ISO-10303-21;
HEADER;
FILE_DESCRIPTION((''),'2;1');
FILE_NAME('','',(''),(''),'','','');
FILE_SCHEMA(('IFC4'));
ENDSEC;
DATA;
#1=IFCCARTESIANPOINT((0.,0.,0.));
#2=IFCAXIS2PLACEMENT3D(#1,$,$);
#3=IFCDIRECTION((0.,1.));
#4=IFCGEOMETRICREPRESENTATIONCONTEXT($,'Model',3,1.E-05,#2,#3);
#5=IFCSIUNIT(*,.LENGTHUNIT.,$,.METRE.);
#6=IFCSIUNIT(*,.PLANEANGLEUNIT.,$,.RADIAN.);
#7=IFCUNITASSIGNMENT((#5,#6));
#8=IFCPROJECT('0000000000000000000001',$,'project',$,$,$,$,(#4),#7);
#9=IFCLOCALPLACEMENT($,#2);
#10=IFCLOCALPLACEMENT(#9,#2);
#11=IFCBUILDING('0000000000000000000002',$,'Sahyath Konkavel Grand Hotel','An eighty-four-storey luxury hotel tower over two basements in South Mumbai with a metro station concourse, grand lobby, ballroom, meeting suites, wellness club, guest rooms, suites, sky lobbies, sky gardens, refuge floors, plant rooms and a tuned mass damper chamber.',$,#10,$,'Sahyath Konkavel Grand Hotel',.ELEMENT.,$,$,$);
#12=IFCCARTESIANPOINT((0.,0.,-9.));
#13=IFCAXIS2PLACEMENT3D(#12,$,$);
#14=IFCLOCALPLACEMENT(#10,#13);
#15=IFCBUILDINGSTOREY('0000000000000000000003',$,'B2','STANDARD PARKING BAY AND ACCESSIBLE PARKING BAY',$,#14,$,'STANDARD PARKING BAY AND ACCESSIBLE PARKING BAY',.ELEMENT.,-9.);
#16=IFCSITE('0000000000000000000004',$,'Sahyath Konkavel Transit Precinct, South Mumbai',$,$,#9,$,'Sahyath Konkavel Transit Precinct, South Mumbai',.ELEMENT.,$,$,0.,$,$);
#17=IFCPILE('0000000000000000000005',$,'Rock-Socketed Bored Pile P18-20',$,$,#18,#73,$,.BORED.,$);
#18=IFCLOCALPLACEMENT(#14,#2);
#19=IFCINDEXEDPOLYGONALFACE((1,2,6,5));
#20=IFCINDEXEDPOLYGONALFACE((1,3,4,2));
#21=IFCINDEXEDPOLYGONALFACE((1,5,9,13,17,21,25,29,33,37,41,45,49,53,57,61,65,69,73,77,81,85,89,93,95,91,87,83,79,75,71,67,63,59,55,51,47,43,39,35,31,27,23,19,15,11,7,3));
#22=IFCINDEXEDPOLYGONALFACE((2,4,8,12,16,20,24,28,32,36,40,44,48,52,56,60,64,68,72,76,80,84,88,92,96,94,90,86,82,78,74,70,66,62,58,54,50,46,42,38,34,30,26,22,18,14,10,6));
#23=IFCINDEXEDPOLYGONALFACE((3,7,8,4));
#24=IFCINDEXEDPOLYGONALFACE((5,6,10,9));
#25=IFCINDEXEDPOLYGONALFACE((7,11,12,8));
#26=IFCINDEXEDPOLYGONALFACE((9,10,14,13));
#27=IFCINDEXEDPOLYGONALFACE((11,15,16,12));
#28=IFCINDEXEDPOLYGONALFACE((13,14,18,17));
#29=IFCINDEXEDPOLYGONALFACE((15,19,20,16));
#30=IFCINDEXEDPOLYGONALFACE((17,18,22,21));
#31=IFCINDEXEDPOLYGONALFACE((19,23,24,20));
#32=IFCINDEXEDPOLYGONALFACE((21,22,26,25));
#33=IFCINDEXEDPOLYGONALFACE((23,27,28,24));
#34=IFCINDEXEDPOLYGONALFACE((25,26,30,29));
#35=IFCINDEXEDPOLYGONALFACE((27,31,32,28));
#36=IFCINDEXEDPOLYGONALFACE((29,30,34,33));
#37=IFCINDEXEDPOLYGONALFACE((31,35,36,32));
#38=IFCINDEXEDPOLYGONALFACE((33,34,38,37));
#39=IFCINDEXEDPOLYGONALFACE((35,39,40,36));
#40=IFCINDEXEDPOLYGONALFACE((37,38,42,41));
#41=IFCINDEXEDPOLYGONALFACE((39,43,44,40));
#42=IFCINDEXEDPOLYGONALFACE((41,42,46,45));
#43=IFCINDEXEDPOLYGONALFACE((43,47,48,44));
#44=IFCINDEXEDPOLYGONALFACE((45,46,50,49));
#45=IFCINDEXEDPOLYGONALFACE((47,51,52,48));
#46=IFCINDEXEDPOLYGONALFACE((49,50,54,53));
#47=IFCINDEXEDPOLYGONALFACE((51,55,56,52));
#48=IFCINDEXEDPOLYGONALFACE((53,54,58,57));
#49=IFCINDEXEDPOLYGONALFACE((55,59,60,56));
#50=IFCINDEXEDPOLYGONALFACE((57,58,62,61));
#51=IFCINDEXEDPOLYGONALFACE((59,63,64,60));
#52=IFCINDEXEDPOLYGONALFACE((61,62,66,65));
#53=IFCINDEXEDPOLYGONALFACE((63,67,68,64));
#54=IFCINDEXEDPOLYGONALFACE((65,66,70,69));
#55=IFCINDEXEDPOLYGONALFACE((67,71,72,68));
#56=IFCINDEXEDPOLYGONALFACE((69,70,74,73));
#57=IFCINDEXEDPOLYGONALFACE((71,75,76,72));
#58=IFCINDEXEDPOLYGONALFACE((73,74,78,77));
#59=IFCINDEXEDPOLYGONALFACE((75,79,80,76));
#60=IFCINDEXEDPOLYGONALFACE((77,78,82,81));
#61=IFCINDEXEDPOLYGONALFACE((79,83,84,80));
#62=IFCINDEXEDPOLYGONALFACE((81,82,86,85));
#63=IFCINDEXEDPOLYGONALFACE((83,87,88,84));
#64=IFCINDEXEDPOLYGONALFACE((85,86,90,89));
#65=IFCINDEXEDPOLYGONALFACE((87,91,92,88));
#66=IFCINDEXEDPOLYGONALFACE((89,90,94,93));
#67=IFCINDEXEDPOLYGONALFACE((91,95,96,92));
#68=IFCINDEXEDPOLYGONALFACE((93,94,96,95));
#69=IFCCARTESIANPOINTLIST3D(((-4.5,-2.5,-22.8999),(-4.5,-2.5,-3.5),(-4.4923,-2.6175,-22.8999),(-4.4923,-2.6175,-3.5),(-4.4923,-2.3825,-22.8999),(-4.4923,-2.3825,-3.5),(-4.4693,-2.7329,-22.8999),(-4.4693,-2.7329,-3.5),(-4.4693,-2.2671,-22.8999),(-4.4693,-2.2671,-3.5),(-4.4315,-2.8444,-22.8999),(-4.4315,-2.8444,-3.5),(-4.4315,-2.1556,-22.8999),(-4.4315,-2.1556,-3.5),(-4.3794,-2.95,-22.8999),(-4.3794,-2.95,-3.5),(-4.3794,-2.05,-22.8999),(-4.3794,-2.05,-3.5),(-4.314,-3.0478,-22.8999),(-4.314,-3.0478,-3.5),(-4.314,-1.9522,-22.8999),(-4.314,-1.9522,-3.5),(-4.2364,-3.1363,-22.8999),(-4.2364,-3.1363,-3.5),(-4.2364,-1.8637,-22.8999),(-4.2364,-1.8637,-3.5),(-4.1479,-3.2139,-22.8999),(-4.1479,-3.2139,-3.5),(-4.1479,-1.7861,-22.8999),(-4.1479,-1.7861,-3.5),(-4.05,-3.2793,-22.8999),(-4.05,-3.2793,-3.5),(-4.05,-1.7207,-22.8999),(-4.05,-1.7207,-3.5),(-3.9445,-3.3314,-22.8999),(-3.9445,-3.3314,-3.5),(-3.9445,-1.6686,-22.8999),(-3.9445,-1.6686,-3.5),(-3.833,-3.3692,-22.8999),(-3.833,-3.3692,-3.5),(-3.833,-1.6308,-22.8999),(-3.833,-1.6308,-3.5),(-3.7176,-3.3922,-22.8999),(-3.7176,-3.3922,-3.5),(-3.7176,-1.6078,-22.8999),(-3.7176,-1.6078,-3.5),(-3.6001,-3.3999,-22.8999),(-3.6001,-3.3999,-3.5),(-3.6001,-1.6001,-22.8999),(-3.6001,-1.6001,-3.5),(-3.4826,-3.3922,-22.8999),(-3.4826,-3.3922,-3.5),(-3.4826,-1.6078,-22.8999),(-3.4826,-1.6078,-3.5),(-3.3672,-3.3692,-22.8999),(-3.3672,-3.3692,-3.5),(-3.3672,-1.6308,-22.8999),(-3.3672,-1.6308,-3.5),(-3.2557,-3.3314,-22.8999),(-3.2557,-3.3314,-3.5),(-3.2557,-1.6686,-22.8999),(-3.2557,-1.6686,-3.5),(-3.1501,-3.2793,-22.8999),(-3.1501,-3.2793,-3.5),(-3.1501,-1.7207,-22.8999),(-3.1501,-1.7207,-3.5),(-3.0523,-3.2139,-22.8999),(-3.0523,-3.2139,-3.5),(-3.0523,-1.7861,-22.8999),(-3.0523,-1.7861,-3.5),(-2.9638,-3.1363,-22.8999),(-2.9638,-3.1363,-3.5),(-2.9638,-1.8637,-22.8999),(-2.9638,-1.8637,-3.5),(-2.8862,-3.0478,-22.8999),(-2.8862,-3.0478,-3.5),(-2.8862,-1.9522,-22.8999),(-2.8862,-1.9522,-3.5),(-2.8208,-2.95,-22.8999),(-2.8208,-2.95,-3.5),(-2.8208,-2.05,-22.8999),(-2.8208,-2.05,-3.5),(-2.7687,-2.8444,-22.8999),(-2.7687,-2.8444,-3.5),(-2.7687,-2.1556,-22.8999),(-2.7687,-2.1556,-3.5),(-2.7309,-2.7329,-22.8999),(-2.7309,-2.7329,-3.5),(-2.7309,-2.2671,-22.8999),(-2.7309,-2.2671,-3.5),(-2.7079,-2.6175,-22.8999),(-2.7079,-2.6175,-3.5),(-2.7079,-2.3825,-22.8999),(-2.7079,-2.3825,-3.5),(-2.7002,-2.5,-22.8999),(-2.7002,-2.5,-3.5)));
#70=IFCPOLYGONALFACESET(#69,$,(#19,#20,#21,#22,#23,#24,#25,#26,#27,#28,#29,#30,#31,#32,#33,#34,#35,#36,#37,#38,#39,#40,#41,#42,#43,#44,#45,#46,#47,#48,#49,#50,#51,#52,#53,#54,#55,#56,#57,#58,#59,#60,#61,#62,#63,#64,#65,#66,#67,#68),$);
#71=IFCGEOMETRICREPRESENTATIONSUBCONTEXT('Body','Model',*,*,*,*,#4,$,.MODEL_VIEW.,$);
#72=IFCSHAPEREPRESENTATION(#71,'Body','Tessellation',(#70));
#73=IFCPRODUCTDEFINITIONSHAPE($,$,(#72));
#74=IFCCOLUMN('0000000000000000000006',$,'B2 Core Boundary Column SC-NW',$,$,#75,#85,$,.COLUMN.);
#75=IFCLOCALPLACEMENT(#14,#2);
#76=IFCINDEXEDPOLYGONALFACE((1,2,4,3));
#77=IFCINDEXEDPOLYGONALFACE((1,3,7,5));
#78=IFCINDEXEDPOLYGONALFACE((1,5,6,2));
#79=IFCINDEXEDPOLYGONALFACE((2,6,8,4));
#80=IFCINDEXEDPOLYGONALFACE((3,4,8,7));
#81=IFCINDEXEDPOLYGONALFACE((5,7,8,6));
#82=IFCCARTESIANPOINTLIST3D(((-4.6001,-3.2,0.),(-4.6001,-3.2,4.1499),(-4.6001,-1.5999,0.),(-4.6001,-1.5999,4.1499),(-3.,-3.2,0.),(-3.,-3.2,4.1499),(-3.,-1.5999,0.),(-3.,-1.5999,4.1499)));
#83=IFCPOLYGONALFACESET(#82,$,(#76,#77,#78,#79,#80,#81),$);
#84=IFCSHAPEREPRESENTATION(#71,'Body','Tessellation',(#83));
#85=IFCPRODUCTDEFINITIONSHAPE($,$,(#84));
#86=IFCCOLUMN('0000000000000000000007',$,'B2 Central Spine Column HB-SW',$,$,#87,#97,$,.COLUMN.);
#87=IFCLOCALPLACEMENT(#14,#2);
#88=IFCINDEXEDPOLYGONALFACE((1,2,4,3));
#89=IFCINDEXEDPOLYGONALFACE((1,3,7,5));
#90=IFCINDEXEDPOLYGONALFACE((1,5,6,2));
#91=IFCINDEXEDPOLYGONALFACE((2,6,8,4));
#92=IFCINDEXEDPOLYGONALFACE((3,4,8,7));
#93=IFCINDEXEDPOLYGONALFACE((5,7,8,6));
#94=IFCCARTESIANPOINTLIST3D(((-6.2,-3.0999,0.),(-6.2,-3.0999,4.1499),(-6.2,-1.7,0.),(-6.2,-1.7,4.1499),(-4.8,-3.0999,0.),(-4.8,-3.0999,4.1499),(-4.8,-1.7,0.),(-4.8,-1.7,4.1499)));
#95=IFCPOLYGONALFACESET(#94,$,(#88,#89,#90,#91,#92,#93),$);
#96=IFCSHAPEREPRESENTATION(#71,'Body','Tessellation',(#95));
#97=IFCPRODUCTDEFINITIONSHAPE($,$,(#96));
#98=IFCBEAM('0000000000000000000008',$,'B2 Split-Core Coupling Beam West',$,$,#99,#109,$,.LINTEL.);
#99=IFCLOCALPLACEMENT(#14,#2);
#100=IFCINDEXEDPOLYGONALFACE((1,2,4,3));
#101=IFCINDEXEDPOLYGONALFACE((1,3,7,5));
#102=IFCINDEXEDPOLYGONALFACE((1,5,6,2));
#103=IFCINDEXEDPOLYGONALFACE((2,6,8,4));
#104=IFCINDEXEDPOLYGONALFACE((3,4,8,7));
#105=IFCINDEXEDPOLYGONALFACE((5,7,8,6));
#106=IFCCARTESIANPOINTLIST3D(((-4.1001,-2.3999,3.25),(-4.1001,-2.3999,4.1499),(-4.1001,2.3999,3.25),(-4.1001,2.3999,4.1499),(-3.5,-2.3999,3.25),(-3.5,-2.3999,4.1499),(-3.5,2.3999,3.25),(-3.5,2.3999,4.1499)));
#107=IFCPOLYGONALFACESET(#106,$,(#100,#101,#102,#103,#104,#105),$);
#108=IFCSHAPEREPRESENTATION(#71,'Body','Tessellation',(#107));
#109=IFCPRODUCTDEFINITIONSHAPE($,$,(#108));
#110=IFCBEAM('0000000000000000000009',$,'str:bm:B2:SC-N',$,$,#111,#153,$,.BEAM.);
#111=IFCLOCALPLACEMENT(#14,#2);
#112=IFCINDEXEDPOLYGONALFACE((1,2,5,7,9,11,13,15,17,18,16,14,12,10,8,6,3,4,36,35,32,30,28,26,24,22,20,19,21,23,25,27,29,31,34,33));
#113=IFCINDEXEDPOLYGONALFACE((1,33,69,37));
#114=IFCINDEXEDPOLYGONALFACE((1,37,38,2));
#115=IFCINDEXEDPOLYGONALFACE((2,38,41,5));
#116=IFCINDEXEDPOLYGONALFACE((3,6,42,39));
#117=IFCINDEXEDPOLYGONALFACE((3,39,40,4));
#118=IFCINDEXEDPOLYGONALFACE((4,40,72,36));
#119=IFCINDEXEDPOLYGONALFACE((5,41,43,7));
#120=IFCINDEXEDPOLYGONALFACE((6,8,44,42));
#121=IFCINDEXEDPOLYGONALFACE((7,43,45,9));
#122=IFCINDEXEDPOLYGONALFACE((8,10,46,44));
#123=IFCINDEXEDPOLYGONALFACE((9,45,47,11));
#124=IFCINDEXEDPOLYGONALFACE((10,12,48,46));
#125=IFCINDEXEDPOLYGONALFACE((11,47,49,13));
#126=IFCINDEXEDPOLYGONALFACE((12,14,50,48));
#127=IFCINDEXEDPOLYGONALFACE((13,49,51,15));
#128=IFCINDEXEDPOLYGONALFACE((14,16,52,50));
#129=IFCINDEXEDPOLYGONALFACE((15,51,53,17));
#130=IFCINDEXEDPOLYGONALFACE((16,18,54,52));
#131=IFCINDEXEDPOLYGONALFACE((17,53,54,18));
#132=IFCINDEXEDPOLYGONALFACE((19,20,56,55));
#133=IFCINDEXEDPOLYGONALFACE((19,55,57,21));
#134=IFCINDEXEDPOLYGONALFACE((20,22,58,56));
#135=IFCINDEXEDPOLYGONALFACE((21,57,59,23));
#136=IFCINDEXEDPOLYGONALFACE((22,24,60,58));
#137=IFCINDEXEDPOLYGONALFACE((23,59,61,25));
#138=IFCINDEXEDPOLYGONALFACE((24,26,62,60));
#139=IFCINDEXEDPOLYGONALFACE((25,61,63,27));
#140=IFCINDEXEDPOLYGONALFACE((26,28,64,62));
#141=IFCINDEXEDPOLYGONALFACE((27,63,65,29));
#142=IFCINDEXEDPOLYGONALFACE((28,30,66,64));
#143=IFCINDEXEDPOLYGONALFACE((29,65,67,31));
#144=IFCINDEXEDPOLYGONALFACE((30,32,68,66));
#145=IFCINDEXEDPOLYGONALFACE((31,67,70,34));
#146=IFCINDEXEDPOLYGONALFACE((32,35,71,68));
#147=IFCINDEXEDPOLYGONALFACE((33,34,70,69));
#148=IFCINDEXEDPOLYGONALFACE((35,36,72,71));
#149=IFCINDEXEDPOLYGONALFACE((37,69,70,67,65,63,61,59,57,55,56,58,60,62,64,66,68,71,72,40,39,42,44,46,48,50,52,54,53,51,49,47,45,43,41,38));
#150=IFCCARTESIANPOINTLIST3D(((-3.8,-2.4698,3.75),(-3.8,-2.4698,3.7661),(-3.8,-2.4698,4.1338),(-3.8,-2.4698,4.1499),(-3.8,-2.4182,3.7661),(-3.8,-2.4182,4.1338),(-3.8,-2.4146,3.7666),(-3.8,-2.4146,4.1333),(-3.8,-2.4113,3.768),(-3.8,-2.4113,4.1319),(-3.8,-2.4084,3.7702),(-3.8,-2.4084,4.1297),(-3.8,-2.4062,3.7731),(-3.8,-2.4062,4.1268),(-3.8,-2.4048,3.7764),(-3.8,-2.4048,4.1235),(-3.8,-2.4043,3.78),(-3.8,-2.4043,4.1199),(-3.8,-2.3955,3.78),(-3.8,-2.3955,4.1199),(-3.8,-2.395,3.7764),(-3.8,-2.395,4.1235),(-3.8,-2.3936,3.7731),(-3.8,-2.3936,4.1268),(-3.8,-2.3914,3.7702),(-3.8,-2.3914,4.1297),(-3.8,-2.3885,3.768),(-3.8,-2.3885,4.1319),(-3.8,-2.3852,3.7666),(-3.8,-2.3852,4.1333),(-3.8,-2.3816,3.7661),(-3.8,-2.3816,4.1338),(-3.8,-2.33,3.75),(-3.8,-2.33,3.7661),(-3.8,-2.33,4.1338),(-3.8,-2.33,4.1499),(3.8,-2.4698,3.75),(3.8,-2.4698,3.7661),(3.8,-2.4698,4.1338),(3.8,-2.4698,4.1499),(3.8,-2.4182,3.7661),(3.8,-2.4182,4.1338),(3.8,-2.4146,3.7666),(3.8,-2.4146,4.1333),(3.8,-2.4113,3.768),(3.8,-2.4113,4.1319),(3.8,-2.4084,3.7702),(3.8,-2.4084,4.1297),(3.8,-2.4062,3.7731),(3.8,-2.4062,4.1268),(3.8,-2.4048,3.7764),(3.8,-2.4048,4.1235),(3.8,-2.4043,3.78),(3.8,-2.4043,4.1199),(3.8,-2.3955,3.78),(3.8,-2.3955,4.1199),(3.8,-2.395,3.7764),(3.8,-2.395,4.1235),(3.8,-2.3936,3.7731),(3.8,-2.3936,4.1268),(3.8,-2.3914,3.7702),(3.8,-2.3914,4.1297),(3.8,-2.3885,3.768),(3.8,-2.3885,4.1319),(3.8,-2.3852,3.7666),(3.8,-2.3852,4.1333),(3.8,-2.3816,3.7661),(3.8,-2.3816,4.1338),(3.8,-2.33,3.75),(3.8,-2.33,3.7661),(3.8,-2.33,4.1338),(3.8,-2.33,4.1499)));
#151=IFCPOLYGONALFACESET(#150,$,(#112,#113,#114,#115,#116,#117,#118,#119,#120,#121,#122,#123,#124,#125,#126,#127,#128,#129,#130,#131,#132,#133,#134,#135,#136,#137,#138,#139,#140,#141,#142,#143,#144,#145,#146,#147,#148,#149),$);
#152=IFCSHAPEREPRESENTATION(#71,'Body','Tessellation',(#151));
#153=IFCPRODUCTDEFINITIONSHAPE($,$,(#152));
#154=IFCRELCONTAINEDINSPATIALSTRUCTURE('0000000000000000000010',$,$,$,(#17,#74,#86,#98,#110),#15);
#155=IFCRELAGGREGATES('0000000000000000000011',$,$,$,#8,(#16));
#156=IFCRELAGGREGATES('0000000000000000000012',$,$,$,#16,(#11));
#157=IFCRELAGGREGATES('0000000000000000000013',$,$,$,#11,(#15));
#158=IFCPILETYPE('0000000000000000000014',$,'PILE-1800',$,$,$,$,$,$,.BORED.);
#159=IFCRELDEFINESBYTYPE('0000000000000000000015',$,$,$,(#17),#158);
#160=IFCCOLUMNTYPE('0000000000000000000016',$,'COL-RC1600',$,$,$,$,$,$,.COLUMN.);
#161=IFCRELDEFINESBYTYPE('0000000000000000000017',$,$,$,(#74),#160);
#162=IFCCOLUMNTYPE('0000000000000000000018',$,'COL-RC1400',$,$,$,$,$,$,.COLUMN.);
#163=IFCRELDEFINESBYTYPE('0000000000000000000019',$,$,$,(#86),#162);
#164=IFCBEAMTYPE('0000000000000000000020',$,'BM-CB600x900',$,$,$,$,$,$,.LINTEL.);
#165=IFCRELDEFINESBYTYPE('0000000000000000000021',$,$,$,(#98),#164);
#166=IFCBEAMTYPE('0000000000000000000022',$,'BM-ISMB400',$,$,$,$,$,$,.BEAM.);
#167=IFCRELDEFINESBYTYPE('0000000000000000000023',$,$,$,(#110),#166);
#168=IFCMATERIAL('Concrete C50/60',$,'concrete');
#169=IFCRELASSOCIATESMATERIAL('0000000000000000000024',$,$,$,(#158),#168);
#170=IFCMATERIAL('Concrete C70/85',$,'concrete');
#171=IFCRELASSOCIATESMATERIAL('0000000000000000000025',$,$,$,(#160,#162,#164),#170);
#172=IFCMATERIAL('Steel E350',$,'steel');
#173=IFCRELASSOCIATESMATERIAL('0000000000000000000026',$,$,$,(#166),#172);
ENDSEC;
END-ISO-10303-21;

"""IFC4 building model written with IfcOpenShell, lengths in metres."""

from ifc_helpers import new_model, si_unit, direction, frame, origin, origin_2d, place, context, subcontext, project, spatial, rectangle, circle, i_section, extrude, source, transform, mapped, material, material_profile, profile_set, type_object, element, save


model = new_model("IFC4")

# Units and contexts
model_context = context("Model", 3, precision=1e-05, world=origin(), true_north=direction((0.0, 1.0)))
body_context = subcontext(model_context, "Body", "Model", "MODEL_VIEW")
ifc_project = project(units=[si_unit("LENGTHUNIT", "METRE"), si_unit("PLANEANGLEUNIT", "RADIAN")], contexts=[model_context])

# Site, building, storey
site_placement = place(None, origin())
site = spatial("IfcSite", under=ifc_project, at=site_placement, Name="Sahyath Konkavel Transit Precinct, South Mumbai", LongName="Sahyath Konkavel Transit Precinct, South Mumbai", CompositionType="ELEMENT", RefElevation=0.0)
building_placement = place(site_placement, origin())
building = spatial("IfcBuilding", under=site, at=building_placement, Name="Sahyath Konkavel Grand Hotel", Description="An eighty-four-storey luxury hotel tower over two basements in South Mumbai with a metro station concourse, grand lobby, ballroom, meeting suites, wellness club, guest rooms, suites, sky lobbies, sky gardens, refuge floors, plant rooms and a tuned mass damper chamber.", LongName="Sahyath Konkavel Grand Hotel", CompositionType="ELEMENT")
storey_placement = place(building_placement, frame((0.0, 0.0, -9.0)))
storey = spatial("IfcBuildingStorey", under=building, at=storey_placement, Name="B2", Description="STANDARD PARKING BAY AND ACCESSIBLE PARKING BAY", LongName="STANDARD PARKING BAY AND ACCESSIBLE PARKING BAY", CompositionType="ELEMENT", Elevation=-9.0)

# Pile
ifc_material_1 = material(Name="Concrete C50/60", Category="concrete")
ifc_material_profile_1 = material_profile(ifc_material_1, circle(Radius=0.8999, at=origin_2d()), Name="PILE D1800")
ifc_profile_set_1 = profile_set([ifc_material_profile_1], Name="Concrete C50/60")
pile_type = type_object("IfcPileType", Name="PILE-1800", PredefinedType="BORED", material=ifc_profile_set_1)
for number, where, z_axis, x_axis, name in (
    (1, (-3.6001, -2.5, -3.5), (0.0, 0.0, -1.0), (1.0, 0.0, 0.0), "Rock-Socketed Bored Pile P18-20"),
):
    element("IfcPile", number, at=place(storey_placement, frame(where, z_axis=z_axis, x_axis=x_axis)), inside=storey, type_object=pile_type, Name=name, PredefinedType="BORED", context=body_context, shape_type="SweptSolid", body=[
        extrude(circle(Radius=0.8999, at=origin_2d()), origin(), (0.0, 0.0, 1.0), 19.3999),
    ])

# Columns
ifc_material_2 = material(Name="Concrete C70/85", Category="concrete")
ifc_material_profile_2 = material_profile(ifc_material_2, rectangle(XDim=1.6001, YDim=1.6001, at=origin_2d()), Name="RC 1600x1600")
ifc_profile_set_2 = profile_set([ifc_material_profile_2], Name="Concrete C70/85")
column_type_1 = type_object("IfcColumnType", Name="COL-RC1600", PredefinedType="COLUMN", material=ifc_profile_set_2)
shared_shape_1 = source(origin(), body_context, "Body", "SweptSolid", [
    extrude(rectangle(XDim=1.6001, YDim=1.6001, at=origin_2d()), origin(), (0.0, 0.0, 1.0), 4.1499),
])
column_1_placement = place(storey_placement, frame((-3.8, -2.3999, 0.0), z_axis=(0.0, 0.0, 1.0), x_axis=(1.0, 0.0, 0.0)))
element("IfcColumn", 2, at=column_1_placement, inside=storey, type_object=column_type_1, Name="B2 Core Boundary Column SC-NW", PredefinedType="COLUMN", context=body_context, shape_type="MappedRepresentation", body=[
    mapped(shared_shape_1, transform((0.0, 0.0, 0.0), scale=1.0)),
])
ifc_material_profile_3 = material_profile(ifc_material_2, rectangle(XDim=1.3999, YDim=1.3999, at=origin_2d()), Name="RC 1400x1400")
ifc_profile_set_3 = profile_set([ifc_material_profile_3], Name="Concrete C70/85")
column_type_2 = type_object("IfcColumnType", Name="COL-RC1400", PredefinedType="COLUMN", material=ifc_profile_set_3)
shared_shape_2 = source(origin(), body_context, "Body", "SweptSolid", [
    extrude(rectangle(XDim=1.3999, YDim=1.3999, at=origin_2d()), origin(), (0.0, 0.0, 1.0), 4.1499),
])
column_2_placement = place(storey_placement, frame((-5.5, -2.3999, 0.0), z_axis=(0.0, 0.0, 1.0), x_axis=(1.0, 0.0, 0.0)))
element("IfcColumn", 3, at=column_2_placement, inside=storey, type_object=column_type_2, Name="B2 Central Spine Column HB-SW", PredefinedType="COLUMN", context=body_context, shape_type="MappedRepresentation", body=[
    mapped(shared_shape_2, transform((0.0, 0.0, 0.0), scale=1.0)),
])

# Beams
ifc_material_profile_4 = material_profile(ifc_material_2, rectangle(XDim=0.6001, YDim=0.8999, at=origin_2d()), Name="RC 600x900")
ifc_profile_set_4 = profile_set([ifc_material_profile_4], Name="Concrete C70/85")
beam_type_1 = type_object("IfcBeamType", Name="BM-CB600x900", PredefinedType="LINTEL", material=ifc_profile_set_4)
shared_shape_3 = source(origin(), body_context, "Body", "SweptSolid", [
    extrude(rectangle(XDim=0.6001, YDim=0.8999, at=origin_2d()), origin(), (0.0, 0.0, 1.0), 4.7998),
])
beam_1_placement = place(storey_placement, frame((-3.8, -2.3999, 3.7), z_axis=(0.0, 1.0, 0.0), x_axis=(-1.0, 0.0, 0.0)))
element("IfcBeam", 4, at=beam_1_placement, inside=storey, type_object=beam_type_1, Name="B2 Split-Core Coupling Beam West", PredefinedType="LINTEL", context=body_context, shape_type="MappedRepresentation", body=[
    mapped(shared_shape_3, transform((0.0, 0.0, 0.0), scale=1.0)),
])
ifc_material_3 = material(Name="Steel E350", Category="steel")
ifc_material_profile_5 = material_profile(ifc_material_3, i_section(OverallWidth=0.1399, OverallDepth=0.3999, WebThickness=0.0088, FlangeThickness=0.0161, FilletRadius=0.0139, at=origin_2d()), Name="ISMB 400")
ifc_profile_set_5 = profile_set([ifc_material_profile_5], Name="Steel E350")
beam_type_2 = type_object("IfcBeamType", Name="BM-ISMB400", PredefinedType="BEAM", material=ifc_profile_set_5)
shared_shape_4 = source(origin(), body_context, "Body", "SweptSolid", [
    extrude(i_section(OverallWidth=0.1399, OverallDepth=0.3999, WebThickness=0.0088, FlangeThickness=0.0161, FilletRadius=0.0139, at=origin_2d()), origin(), (0.0, 0.0, 1.0), 7.6001),
])
beam_2_placement = place(storey_placement, frame((-3.8, -2.3999, 3.95), z_axis=(1.0, 0.0, 0.0), x_axis=(0.0, 1.0, 0.0)))
element("IfcBeam", 5, at=beam_2_placement, inside=storey, type_object=beam_type_2, Name="str:bm:B2:SC-N", PredefinedType="BEAM", context=body_context, shape_type="MappedRepresentation", body=[
    mapped(shared_shape_4, transform((0.0, 0.0, 0.0), scale=1.0)),
])

save(model, "model.ifc")
